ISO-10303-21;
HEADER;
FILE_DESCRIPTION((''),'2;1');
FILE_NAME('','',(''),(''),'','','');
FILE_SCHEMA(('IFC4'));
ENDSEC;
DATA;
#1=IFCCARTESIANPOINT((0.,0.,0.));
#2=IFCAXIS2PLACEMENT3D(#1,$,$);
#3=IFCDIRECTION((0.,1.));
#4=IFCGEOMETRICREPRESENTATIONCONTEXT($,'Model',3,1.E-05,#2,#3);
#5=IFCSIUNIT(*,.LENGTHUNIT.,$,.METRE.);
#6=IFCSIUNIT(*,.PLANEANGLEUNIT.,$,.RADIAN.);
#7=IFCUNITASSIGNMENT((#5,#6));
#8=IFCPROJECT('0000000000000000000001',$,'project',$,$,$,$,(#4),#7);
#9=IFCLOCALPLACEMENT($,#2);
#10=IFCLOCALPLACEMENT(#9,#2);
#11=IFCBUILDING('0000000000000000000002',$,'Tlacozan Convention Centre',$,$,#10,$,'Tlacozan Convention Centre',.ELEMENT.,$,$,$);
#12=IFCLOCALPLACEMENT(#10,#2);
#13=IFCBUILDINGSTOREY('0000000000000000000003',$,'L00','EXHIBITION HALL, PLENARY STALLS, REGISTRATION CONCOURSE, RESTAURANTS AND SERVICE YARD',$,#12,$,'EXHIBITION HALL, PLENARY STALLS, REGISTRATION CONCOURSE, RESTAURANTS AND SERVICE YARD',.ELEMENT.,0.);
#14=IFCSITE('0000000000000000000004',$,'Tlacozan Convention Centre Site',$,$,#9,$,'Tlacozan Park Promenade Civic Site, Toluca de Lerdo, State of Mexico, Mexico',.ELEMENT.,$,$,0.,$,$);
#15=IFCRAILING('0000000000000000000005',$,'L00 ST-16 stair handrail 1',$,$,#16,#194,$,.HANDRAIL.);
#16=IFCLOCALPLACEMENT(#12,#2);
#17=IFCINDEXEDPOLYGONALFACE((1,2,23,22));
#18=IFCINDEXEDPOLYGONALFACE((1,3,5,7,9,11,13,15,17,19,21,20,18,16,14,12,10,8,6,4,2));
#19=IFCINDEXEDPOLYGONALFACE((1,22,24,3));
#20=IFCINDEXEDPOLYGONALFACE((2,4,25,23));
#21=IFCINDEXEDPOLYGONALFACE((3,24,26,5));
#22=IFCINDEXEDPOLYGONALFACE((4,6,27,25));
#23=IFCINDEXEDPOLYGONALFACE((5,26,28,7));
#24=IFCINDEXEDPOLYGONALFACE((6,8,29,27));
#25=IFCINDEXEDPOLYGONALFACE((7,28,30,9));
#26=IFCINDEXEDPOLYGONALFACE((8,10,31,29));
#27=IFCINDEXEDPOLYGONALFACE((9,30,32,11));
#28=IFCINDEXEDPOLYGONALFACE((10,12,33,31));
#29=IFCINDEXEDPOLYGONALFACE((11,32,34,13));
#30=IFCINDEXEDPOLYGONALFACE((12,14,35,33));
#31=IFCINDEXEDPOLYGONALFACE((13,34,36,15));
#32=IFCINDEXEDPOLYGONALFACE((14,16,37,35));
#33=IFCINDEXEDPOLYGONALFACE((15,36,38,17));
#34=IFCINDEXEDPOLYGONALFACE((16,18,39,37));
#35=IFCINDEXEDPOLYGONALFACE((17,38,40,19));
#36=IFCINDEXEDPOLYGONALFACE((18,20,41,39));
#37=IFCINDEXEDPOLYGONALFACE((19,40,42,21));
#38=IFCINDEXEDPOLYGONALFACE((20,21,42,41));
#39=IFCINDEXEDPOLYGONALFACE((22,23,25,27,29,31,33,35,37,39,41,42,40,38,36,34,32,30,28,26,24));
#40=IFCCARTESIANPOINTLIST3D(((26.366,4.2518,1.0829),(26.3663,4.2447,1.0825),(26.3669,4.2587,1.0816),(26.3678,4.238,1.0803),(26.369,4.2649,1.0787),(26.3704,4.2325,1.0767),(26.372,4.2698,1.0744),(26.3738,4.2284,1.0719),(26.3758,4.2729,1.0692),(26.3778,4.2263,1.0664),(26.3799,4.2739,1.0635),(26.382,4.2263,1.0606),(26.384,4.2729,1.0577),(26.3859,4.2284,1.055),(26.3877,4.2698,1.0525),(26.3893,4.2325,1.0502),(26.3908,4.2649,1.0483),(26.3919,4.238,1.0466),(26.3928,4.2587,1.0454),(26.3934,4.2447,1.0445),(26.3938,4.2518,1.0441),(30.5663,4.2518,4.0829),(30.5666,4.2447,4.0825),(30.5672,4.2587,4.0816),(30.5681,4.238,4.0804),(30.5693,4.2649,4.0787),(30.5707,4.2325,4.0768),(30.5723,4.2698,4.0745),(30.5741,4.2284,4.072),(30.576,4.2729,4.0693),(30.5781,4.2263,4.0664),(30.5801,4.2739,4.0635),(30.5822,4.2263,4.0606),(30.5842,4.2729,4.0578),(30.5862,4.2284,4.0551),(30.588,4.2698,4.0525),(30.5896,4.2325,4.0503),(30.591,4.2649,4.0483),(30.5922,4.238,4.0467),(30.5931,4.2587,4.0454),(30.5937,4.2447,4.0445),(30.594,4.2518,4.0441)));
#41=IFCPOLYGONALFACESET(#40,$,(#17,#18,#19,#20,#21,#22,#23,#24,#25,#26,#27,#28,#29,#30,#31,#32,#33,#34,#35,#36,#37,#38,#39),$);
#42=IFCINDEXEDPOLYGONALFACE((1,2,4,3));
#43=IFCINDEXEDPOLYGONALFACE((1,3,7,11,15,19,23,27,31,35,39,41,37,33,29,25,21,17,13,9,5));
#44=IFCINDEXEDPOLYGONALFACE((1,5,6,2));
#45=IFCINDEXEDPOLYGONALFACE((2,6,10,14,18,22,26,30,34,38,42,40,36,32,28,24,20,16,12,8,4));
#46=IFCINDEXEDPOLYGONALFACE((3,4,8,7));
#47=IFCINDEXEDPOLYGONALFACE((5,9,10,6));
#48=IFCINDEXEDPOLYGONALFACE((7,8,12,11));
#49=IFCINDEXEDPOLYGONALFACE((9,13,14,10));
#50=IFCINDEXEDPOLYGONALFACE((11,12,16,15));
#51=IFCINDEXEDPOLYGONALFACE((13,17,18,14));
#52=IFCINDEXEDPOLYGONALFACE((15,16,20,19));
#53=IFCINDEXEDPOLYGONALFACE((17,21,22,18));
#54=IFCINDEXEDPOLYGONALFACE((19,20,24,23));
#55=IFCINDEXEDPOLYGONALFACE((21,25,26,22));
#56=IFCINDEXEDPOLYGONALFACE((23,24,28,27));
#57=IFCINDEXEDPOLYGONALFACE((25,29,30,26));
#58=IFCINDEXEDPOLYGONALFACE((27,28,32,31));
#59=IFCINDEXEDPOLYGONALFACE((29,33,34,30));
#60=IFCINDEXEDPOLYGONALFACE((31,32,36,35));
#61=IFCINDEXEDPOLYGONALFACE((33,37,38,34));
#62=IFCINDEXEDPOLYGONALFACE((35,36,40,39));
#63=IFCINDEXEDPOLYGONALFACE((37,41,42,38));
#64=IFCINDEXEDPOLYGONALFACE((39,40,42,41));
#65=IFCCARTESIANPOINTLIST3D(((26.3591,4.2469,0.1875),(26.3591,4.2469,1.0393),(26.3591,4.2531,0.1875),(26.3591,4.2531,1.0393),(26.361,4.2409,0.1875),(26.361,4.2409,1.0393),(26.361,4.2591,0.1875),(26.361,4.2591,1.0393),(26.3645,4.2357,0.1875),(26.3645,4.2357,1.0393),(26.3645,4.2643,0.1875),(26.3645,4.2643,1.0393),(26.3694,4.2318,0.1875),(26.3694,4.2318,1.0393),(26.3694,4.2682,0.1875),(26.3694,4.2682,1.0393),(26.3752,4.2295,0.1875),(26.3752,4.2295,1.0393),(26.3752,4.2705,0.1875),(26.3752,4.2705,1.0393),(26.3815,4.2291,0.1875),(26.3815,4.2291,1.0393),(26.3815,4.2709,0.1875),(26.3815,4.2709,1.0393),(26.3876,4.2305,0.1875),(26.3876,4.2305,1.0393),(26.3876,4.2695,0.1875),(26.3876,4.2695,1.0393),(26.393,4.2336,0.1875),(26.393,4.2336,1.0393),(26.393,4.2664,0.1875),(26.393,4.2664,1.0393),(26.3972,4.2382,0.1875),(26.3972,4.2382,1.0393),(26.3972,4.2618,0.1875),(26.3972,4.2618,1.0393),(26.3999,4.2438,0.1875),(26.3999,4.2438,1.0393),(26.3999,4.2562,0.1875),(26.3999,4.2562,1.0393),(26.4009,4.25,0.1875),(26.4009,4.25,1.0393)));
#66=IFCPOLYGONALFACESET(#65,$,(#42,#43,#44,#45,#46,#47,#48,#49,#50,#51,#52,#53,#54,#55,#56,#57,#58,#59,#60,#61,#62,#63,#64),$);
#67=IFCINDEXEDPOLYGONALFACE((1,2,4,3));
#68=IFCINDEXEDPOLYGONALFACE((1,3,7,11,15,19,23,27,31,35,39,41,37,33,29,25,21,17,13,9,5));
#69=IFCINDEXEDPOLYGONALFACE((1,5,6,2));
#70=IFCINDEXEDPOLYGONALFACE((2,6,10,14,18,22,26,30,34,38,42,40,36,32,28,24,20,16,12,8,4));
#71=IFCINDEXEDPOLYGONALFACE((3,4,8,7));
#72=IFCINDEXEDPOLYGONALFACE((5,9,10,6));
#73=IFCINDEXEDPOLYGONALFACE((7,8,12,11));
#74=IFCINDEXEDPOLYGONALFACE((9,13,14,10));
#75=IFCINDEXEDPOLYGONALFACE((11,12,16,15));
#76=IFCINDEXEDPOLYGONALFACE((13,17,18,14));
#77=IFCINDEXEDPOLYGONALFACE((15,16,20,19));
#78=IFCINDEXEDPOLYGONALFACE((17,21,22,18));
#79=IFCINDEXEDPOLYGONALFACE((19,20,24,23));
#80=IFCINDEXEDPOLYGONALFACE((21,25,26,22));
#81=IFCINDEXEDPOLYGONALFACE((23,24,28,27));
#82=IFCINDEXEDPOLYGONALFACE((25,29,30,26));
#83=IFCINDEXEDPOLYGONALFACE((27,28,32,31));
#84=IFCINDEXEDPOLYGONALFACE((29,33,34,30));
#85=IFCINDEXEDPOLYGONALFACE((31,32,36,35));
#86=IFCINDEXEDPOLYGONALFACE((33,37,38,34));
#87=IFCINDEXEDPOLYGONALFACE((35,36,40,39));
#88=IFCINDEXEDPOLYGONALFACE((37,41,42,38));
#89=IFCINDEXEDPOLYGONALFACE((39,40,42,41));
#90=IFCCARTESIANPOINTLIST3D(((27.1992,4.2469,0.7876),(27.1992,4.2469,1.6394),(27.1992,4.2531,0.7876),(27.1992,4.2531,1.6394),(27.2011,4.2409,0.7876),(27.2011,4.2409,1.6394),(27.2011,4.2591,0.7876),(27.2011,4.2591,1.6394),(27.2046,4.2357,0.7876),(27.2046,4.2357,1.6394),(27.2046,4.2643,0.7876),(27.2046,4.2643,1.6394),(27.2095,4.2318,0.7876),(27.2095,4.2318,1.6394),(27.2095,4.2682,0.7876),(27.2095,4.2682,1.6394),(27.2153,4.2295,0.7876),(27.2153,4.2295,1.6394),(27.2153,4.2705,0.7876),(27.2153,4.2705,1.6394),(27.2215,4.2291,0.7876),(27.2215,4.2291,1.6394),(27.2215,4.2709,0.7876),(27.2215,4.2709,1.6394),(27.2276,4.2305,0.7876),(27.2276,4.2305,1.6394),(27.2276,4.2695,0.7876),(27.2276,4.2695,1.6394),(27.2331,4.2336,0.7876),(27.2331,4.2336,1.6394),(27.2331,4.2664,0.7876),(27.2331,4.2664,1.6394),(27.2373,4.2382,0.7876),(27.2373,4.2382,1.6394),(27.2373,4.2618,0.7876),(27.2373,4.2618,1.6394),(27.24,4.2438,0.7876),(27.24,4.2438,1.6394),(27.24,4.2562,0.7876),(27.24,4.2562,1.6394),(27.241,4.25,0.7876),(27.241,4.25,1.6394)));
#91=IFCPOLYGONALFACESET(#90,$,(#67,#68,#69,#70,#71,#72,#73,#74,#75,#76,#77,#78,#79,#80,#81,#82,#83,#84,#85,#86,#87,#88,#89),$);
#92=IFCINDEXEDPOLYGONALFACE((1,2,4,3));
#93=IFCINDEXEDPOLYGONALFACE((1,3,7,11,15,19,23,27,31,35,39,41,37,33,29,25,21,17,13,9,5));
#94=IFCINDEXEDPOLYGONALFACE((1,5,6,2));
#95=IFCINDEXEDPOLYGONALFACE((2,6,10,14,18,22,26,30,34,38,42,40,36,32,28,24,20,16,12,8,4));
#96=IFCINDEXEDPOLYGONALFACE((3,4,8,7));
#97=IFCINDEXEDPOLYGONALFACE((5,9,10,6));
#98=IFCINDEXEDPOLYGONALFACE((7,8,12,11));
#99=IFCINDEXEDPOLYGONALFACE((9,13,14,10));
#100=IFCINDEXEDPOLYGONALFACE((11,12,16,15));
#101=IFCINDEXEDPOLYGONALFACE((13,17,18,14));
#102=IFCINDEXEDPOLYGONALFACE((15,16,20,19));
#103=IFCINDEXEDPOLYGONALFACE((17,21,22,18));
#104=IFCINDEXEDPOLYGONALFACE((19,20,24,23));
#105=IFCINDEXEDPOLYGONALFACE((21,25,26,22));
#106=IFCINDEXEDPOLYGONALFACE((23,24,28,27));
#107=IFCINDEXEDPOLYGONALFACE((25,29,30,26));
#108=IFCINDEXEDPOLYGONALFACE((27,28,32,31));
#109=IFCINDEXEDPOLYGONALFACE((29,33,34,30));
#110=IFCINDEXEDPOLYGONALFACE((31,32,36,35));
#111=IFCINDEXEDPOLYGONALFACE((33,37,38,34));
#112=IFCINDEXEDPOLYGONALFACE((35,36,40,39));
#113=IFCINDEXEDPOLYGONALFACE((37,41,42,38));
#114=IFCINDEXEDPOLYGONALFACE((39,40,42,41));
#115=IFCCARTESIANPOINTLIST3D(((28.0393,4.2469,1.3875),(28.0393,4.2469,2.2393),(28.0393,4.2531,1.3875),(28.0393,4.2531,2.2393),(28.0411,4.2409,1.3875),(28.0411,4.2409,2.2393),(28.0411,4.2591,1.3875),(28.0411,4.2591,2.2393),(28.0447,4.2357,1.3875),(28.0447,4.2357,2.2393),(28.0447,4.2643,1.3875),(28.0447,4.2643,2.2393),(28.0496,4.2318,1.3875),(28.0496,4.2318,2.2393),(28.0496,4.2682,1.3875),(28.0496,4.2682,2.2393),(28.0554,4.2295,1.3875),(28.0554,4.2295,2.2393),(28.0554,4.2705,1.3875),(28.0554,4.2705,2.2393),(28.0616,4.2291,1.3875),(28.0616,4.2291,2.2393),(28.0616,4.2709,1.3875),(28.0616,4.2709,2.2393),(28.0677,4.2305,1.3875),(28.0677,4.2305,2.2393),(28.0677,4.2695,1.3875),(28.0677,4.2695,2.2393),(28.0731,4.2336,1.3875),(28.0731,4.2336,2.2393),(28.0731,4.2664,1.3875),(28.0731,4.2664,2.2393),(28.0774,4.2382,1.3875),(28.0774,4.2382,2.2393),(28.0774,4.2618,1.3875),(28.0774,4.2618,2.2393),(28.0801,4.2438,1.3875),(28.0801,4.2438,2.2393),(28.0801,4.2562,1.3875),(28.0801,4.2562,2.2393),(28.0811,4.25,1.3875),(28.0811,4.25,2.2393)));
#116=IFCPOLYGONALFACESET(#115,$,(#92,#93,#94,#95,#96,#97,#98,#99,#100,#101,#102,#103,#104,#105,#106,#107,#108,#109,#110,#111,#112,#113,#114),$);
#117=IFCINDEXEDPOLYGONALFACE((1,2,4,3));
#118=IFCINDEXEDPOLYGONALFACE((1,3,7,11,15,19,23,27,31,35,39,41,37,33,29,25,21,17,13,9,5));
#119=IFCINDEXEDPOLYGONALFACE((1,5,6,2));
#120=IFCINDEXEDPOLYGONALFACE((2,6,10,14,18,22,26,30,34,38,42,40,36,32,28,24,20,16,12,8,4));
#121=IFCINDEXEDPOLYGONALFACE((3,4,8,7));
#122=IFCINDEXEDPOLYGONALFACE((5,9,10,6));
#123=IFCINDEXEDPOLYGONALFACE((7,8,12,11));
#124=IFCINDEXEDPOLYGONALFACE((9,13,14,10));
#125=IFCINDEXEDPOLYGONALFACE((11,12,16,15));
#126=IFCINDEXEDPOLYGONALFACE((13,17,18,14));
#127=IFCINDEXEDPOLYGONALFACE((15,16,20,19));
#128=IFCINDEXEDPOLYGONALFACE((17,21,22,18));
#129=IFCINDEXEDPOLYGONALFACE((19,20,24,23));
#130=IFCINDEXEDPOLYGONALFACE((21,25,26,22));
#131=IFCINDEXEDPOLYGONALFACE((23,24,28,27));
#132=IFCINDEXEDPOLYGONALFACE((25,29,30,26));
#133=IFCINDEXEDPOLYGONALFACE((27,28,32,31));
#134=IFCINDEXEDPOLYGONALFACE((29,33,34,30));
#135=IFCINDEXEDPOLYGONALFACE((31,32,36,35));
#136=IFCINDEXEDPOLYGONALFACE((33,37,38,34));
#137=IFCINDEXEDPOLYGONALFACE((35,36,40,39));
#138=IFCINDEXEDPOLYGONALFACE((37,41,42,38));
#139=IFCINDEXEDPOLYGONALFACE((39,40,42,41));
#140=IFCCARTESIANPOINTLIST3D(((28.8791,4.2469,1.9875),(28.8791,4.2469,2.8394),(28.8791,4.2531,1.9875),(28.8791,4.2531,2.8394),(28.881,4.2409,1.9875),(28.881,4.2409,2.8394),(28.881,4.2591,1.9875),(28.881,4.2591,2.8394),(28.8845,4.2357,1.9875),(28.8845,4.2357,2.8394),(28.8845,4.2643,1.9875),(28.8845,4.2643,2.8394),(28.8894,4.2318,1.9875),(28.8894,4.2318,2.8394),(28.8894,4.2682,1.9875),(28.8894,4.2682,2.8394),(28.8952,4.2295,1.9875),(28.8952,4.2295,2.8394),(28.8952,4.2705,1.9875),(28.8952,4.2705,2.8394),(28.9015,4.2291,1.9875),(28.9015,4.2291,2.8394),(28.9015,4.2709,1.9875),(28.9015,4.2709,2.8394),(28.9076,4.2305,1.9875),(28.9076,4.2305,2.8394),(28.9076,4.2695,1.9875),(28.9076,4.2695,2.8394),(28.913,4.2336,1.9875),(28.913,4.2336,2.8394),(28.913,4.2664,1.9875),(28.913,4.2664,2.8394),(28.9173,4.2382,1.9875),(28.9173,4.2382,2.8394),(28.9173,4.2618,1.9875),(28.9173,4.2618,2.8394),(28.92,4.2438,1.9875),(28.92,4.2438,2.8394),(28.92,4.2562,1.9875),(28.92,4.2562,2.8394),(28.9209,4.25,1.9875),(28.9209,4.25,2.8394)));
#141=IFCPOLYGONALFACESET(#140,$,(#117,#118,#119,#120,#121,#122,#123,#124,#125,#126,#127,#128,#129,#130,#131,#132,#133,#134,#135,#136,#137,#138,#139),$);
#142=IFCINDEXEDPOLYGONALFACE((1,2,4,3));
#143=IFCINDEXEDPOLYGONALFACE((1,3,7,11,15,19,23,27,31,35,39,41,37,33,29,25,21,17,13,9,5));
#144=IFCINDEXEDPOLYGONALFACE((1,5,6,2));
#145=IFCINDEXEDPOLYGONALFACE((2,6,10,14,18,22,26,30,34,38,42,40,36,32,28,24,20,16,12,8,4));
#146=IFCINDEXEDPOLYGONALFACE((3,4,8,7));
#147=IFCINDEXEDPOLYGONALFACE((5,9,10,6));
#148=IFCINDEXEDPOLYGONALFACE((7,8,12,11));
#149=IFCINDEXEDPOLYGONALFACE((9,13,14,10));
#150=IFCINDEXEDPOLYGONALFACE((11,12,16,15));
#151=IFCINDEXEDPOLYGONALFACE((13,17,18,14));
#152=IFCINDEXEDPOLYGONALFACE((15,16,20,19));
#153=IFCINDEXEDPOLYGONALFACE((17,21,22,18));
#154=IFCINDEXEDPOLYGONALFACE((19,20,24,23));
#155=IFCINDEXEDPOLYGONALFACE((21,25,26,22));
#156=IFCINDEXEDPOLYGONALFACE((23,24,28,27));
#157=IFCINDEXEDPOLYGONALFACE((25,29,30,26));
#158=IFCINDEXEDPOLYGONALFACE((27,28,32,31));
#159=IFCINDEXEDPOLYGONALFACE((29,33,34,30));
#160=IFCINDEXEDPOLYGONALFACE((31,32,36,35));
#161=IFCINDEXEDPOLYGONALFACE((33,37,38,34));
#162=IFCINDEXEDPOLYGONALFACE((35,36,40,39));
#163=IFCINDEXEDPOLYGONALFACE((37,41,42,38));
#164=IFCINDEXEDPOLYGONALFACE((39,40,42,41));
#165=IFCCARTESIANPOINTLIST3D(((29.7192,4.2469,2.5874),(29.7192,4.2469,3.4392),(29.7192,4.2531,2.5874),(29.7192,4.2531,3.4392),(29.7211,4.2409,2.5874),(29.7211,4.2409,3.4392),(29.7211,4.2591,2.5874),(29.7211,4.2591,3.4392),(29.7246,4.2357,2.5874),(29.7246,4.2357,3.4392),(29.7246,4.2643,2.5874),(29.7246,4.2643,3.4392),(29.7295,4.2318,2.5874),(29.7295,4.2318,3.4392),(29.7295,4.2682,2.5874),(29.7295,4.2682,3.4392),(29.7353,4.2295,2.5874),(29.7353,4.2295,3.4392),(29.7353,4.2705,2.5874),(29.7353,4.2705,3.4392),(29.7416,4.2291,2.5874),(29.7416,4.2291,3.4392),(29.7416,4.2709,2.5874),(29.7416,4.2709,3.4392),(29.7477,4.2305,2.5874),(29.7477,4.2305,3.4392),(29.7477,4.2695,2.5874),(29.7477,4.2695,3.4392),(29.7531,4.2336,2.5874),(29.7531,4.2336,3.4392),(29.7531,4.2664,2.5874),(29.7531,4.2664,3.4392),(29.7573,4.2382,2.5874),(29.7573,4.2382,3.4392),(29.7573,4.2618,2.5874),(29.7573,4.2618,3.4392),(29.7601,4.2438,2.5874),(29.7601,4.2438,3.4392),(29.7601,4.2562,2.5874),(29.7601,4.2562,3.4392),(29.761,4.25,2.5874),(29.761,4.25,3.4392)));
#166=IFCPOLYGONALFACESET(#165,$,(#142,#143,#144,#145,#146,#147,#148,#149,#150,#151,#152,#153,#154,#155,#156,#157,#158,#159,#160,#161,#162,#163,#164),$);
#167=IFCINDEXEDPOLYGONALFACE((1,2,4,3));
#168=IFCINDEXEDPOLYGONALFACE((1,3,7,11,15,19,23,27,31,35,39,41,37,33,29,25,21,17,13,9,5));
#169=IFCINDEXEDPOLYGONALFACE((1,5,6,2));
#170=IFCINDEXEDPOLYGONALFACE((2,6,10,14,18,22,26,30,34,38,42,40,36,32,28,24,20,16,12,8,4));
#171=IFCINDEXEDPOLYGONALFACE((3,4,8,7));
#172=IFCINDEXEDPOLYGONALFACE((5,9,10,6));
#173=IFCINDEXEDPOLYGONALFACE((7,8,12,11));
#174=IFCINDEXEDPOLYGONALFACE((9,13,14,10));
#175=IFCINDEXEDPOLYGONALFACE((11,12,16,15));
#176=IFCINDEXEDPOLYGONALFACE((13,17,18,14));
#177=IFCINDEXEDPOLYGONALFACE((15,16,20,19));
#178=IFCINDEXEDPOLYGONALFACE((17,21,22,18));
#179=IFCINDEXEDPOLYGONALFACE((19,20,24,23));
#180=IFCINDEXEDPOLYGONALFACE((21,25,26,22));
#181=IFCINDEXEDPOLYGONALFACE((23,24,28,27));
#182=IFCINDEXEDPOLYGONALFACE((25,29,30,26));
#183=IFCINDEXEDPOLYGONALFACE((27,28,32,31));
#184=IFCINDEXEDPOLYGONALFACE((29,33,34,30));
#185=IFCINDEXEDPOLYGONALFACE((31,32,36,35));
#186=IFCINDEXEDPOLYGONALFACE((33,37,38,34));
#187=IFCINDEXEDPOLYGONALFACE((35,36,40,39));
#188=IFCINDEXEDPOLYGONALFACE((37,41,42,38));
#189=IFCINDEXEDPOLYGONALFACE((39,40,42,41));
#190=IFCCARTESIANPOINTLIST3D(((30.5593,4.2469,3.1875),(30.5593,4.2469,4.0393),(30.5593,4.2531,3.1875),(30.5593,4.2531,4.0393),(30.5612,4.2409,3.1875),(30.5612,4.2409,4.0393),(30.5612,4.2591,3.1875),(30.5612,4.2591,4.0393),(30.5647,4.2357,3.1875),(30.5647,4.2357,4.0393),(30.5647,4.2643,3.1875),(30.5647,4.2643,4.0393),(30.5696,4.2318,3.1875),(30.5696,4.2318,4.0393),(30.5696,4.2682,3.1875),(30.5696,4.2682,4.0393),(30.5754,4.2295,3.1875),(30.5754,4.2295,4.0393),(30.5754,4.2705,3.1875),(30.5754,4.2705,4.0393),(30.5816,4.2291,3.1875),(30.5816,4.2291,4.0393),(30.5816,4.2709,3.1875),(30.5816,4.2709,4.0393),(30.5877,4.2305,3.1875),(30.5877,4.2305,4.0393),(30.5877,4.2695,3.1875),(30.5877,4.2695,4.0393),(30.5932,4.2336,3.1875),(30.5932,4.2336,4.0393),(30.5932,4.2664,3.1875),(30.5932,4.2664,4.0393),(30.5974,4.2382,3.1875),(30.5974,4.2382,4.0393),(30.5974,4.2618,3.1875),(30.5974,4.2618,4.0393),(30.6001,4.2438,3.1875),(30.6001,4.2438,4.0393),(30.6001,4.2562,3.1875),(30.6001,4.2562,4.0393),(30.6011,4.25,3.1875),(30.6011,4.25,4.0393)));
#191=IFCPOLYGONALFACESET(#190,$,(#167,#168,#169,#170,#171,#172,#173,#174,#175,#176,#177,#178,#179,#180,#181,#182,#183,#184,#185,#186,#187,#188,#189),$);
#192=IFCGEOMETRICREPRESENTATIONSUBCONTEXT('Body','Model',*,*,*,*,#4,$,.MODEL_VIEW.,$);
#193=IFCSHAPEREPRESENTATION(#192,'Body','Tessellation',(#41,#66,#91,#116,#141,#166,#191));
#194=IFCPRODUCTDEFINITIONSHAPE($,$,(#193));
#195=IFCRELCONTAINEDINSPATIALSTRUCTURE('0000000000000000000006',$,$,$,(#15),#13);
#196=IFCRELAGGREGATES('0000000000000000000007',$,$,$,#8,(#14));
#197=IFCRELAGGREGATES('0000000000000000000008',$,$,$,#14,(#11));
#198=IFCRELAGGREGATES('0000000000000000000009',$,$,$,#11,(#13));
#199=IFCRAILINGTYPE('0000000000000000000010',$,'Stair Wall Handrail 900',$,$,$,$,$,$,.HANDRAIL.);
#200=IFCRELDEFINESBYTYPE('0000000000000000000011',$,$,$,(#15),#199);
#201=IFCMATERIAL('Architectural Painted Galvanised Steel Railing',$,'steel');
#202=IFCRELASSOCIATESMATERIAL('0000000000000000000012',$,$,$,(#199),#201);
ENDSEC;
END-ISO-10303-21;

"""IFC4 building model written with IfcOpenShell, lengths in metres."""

from ifc_helpers import new_model, si_unit, direction, frame, origin, origin_2d, place, context, subcontext, project, spatial, circle, extrude, material, type_object, element, save


model = new_model("IFC4")

# Units and contexts
model_context = context("Model", 3, precision=1e-05, world=origin(), true_north=direction((0.0, 1.0)))
body_context = subcontext(model_context, "Body", "Model", "MODEL_VIEW")
ifc_project = project(units=[si_unit("LENGTHUNIT", "METRE"), si_unit("PLANEANGLEUNIT", "RADIAN")], contexts=[model_context])

# Site, building, storey
site_placement = place(None, origin())
site = spatial("IfcSite", under=ifc_project, at=site_placement, Name="Tlacozan Convention Centre Site", LongName="Tlacozan Park Promenade Civic Site, Toluca de Lerdo, State of Mexico, Mexico", CompositionType="ELEMENT", RefElevation=0.0)
building_placement = place(site_placement, origin())
building = spatial("IfcBuilding", under=site, at=building_placement, Name="Tlacozan Convention Centre", LongName="Tlacozan Convention Centre", CompositionType="ELEMENT")
storey_placement = place(building_placement, origin())
storey = spatial("IfcBuildingStorey", under=building, at=storey_placement, Name="L00", Description="EXHIBITION HALL, PLENARY STALLS, REGISTRATION CONCOURSE, RESTAURANTS AND SERVICE YARD", LongName="EXHIBITION HALL, PLENARY STALLS, REGISTRATION CONCOURSE, RESTAURANTS AND SERVICE YARD", CompositionType="ELEMENT", Elevation=0.0)

# Railing
ifc_material_1 = material(Name="Architectural Painted Galvanised Steel Railing", Category="steel")
railing_type_1 = type_object("IfcRailingType", Name="Stair Wall Handrail 900", PredefinedType="HANDRAIL", material=ifc_material_1)
railing_1_placement = place(storey_placement, frame((26.3799, 4.25, 0.1875)))
element("IfcRailing", 1, at=railing_1_placement, inside=storey, type_object=railing_type_1, Name="L00 ST-16 stair handrail 1", PredefinedType="HANDRAIL", context=body_context, shape_type="SweptSolid", body=[
    extrude(circle(Radius=0.0239, at=origin_2d()), frame((0.0, 0.0, 0.876), z_axis=(0.813746, 0.0, 0.58122), x_axis=(0.0, 1.0, 0.0)), (0.0, 0.0, 1.0), 5.1616),
    extrude(circle(Radius=0.021, at=origin_2d()), origin(), (0.0, 0.0, 1.0), 0.8518),
    extrude(circle(Radius=0.021, at=origin_2d()), frame((0.8401, 0.0, 0.6001)), (0.0, 0.0, 1.0), 0.8518),
    extrude(circle(Radius=0.021, at=origin_2d()), frame((1.6802, 0.0, 1.2)), (0.0, 0.0, 1.0), 0.8518),
    extrude(circle(Radius=0.021, at=origin_2d()), frame((2.52, 0.0, 1.8)), (0.0, 0.0, 1.0), 0.8518),
    extrude(circle(Radius=0.021, at=origin_2d()), frame((3.3601, 0.0, 2.3999)), (0.0, 0.0, 1.0), 0.8518),
    extrude(circle(Radius=0.021, at=origin_2d()), frame((4.2002, 0.0, 3.0)), (0.0, 0.0, 1.0), 0.8518),
])

save(model, "model.ifc")
